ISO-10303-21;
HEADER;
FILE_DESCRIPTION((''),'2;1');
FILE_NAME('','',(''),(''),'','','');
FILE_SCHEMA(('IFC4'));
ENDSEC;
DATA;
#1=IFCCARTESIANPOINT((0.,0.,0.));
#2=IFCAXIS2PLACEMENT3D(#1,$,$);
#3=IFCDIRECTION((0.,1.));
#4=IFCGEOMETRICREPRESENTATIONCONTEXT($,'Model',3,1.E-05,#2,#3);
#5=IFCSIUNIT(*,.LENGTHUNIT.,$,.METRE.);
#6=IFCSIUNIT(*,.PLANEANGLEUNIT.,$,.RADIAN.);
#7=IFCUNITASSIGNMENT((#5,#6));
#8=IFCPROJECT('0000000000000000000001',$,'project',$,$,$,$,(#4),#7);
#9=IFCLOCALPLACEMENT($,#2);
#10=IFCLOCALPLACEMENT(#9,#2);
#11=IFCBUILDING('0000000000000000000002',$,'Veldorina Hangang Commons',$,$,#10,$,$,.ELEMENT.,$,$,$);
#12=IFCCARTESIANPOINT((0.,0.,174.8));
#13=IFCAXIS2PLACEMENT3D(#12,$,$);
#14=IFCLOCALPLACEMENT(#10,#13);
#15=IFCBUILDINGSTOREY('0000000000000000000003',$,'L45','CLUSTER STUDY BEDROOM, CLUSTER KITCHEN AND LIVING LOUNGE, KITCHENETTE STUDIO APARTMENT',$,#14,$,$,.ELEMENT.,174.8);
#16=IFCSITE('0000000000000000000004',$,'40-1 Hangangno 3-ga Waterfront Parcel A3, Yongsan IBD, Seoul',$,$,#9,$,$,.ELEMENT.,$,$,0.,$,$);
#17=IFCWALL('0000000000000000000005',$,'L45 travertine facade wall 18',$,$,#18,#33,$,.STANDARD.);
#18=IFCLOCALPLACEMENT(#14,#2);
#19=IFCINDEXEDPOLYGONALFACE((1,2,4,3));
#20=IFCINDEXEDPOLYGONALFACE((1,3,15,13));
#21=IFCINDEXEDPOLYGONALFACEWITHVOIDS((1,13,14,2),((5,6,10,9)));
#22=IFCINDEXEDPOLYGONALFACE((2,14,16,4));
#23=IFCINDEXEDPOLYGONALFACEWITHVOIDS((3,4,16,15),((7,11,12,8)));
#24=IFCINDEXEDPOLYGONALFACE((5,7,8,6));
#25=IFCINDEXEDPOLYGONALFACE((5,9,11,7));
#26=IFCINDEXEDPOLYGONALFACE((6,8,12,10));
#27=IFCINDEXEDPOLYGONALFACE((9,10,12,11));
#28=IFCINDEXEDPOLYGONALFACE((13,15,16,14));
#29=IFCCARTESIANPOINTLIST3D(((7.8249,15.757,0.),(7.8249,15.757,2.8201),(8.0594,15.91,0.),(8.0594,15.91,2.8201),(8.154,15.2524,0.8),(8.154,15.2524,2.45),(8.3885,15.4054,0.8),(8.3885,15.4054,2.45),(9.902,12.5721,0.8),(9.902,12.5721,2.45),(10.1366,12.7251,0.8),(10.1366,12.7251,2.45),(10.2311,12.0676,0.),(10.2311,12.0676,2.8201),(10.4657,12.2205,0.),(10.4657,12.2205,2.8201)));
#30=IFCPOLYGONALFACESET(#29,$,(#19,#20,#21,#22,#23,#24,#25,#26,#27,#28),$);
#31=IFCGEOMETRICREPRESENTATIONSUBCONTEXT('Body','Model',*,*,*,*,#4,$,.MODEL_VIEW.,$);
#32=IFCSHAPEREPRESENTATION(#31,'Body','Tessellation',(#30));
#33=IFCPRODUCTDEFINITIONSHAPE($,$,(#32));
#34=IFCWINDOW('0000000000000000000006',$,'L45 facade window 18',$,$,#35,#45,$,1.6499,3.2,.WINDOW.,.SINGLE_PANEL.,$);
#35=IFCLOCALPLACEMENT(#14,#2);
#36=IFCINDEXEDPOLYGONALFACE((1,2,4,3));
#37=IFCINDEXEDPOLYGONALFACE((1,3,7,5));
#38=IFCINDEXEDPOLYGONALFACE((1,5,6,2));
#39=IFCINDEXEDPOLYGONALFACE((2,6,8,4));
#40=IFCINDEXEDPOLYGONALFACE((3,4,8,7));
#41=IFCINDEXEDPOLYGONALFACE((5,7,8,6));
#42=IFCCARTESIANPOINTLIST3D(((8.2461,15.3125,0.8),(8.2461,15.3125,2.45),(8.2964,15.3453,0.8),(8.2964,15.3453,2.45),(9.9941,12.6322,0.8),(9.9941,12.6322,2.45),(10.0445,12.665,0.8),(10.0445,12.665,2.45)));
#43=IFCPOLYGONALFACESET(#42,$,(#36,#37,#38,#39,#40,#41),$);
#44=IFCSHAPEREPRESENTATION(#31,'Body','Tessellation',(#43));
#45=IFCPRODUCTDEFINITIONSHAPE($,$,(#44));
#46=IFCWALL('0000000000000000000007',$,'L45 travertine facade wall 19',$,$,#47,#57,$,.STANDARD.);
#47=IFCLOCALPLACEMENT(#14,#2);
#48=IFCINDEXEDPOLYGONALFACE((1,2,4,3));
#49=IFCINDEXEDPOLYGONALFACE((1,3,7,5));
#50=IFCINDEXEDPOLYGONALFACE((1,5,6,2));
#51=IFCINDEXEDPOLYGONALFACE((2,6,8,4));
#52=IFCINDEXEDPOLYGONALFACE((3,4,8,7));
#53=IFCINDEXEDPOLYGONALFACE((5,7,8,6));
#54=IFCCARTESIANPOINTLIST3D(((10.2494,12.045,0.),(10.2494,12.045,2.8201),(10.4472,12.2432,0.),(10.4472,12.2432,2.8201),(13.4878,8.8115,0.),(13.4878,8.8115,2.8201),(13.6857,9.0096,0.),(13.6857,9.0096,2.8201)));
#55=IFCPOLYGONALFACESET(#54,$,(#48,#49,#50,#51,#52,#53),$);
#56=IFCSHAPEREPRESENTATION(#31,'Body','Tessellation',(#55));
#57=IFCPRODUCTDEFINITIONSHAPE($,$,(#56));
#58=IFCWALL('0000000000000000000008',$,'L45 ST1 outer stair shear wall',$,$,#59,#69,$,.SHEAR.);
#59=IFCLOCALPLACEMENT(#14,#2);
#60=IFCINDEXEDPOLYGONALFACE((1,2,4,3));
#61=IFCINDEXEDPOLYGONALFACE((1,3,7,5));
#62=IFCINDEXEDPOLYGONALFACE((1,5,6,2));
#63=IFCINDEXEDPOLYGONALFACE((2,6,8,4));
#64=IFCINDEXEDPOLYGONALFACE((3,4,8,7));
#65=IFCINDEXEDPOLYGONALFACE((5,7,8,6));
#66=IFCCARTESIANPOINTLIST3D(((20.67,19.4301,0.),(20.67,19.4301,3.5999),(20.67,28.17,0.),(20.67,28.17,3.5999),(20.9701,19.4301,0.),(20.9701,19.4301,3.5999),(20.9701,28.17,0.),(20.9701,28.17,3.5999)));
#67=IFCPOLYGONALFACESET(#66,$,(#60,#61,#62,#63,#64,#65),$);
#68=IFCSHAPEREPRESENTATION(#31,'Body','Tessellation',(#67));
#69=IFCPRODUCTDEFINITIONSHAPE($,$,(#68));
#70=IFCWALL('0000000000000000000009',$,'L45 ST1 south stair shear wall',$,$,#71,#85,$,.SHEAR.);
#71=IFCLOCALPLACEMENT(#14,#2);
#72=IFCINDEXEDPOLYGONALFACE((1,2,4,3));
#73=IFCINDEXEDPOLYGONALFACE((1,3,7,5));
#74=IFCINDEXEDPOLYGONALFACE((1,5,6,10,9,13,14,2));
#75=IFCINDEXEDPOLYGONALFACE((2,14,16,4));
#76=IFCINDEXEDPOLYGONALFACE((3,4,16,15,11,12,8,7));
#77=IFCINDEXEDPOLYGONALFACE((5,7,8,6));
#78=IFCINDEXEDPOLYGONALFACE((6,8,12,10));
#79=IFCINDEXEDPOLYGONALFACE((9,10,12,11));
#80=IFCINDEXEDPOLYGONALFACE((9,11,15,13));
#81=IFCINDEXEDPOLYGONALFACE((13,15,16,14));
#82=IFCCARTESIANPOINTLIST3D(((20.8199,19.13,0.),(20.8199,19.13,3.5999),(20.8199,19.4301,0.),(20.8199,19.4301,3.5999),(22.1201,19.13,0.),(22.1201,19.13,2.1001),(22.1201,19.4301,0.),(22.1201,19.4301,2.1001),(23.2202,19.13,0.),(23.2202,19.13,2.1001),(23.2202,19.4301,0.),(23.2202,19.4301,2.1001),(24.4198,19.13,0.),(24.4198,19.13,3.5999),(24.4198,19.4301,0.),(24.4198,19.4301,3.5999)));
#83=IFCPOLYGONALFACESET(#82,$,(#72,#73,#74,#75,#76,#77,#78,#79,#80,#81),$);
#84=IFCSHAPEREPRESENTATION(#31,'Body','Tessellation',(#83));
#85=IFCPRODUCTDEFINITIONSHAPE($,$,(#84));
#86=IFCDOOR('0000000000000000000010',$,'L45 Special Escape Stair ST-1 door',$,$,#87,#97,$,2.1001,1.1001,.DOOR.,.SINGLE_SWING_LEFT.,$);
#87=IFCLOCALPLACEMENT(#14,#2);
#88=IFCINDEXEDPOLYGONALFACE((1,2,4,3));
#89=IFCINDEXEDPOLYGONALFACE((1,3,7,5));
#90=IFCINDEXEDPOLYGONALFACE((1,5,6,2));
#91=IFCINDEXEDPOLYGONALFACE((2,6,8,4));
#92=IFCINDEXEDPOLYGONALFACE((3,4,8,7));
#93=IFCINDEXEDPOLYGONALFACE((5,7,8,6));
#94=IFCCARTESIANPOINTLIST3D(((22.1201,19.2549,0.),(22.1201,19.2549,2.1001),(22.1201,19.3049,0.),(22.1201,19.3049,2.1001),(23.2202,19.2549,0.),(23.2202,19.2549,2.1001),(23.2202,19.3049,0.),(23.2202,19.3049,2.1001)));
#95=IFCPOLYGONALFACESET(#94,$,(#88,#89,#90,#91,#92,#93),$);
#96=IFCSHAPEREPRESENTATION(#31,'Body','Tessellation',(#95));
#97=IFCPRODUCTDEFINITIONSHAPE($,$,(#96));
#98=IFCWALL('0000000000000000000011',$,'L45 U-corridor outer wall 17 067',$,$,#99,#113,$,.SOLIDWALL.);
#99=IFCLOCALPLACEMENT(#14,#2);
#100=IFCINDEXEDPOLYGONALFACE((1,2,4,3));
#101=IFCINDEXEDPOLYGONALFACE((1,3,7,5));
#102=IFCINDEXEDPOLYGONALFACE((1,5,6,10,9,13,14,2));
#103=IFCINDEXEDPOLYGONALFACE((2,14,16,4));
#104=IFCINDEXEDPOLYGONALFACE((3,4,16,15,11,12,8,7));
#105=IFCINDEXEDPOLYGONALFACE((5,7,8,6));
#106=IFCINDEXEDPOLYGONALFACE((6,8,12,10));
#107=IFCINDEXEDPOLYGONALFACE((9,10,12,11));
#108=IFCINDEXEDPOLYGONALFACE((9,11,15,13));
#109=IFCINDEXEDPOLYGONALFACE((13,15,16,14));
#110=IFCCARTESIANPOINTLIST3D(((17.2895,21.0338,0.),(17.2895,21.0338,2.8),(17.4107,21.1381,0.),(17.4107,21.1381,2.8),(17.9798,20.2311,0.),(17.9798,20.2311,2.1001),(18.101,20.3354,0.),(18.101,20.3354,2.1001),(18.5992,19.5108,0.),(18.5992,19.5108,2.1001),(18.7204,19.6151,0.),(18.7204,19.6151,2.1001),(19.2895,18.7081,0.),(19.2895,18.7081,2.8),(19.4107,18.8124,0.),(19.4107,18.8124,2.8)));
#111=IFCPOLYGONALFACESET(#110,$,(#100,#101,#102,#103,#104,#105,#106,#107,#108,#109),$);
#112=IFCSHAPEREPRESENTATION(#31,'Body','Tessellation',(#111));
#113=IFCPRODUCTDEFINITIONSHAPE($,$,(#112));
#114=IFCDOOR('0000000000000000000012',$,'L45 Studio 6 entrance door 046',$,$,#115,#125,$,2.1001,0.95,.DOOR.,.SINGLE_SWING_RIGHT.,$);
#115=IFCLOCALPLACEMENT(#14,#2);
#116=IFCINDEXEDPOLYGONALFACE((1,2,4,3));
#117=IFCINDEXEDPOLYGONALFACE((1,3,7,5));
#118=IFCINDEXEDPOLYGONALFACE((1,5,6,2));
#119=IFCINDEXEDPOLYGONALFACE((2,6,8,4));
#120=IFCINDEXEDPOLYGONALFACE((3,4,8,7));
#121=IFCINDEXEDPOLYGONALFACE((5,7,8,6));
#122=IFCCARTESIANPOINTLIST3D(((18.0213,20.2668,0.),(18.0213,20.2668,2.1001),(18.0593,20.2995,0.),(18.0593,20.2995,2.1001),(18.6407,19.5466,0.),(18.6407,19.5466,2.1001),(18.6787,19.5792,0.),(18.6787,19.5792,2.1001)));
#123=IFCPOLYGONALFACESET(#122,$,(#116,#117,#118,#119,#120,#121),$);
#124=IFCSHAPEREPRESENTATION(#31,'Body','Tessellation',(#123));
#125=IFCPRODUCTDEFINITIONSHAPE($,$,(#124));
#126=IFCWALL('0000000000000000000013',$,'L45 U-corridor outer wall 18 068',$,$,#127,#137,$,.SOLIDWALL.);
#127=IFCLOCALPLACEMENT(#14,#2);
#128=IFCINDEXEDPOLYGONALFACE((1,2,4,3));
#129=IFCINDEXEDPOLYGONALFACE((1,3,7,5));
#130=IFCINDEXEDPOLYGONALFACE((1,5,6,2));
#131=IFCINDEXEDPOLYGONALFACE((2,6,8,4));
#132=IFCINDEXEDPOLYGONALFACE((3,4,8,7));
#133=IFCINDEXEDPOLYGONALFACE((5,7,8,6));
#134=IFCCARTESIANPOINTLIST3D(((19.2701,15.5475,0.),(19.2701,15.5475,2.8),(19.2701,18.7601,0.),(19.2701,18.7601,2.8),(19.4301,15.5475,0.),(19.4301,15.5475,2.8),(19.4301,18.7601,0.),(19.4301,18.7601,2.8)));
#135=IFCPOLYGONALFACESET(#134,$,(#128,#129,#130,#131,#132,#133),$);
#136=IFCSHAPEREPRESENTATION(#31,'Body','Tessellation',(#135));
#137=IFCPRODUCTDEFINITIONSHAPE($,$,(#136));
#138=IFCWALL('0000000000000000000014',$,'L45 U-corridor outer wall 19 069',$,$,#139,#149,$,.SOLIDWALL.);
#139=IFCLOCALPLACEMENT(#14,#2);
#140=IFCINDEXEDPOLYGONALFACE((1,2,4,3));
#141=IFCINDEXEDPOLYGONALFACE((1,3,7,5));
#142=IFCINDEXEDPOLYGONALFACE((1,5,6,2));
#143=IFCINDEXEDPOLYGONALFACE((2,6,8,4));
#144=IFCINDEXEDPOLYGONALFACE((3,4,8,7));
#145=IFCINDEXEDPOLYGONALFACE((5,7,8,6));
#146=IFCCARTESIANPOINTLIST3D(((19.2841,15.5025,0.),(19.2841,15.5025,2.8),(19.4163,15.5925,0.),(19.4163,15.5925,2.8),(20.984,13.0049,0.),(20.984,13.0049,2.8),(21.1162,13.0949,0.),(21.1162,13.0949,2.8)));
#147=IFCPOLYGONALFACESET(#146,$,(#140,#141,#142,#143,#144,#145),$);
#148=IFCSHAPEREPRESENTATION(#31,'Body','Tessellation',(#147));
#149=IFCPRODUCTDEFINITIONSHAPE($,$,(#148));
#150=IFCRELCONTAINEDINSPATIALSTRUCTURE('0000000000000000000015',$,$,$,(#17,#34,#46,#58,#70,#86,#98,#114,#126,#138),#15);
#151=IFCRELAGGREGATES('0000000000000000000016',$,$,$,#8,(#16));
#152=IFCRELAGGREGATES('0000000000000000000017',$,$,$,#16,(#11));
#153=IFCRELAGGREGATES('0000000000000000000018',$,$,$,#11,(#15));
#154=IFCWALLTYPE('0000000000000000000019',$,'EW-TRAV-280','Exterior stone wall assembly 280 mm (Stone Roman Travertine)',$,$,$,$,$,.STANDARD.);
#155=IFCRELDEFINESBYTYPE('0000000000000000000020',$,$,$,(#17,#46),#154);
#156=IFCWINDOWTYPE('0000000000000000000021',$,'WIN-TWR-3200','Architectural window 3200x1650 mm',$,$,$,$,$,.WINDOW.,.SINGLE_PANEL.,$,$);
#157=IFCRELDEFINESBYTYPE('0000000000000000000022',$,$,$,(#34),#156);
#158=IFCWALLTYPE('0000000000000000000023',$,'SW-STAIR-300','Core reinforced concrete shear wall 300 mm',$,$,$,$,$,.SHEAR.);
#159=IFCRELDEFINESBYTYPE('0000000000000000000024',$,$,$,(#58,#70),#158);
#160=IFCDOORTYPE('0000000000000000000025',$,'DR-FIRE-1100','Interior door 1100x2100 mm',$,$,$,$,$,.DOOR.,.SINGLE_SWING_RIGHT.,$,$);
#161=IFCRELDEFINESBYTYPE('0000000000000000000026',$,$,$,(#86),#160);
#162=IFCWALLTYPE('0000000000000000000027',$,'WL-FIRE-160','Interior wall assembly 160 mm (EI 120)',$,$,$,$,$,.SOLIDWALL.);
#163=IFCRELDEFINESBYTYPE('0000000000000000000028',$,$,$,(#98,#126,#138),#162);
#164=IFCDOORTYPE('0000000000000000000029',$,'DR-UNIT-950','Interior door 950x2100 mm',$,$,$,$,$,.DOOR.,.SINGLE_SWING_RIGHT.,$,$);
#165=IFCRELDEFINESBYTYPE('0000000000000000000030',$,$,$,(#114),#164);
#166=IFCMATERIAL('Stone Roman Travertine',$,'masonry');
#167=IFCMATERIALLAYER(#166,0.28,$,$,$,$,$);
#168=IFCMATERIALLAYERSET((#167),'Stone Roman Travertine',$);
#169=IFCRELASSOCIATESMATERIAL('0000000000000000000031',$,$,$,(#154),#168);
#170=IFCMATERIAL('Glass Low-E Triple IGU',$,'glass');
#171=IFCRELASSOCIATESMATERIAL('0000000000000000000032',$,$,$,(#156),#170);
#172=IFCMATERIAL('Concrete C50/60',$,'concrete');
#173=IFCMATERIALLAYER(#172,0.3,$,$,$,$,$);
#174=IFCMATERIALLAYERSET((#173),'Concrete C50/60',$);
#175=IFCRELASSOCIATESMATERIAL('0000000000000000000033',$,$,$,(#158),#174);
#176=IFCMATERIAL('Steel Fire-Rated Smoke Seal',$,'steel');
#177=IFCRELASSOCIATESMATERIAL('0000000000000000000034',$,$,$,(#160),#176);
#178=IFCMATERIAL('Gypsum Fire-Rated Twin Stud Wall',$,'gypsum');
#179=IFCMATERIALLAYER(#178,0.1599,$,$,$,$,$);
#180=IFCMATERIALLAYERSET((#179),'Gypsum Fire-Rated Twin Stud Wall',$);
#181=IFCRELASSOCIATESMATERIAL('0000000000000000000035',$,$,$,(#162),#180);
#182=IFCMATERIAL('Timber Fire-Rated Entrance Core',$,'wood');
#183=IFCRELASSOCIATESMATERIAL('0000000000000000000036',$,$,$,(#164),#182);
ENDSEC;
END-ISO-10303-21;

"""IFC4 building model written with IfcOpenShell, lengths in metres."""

from ifc_helpers import new_model, si_unit, direction, frame, frame_2d, origin, place, context, subcontext, project, spatial, rectangle, extrude, material, layer, layer_set, type_object, element, fill, save


model = new_model("IFC4")

# Units and contexts
model_context = context("Model", 3, precision=1e-05, world=origin(), true_north=direction((0.0, 1.0)))
body_context = subcontext(model_context, "Body", "Model", "MODEL_VIEW")
ifc_project = project(units=[si_unit("LENGTHUNIT", "METRE"), si_unit("PLANEANGLEUNIT", "RADIAN")], contexts=[model_context])

# Site, building, storey
site_placement = place(None, origin())
site = spatial("IfcSite", under=ifc_project, at=site_placement, Name="40-1 Hangangno 3-ga Waterfront Parcel A3, Yongsan IBD, Seoul", CompositionType="ELEMENT", RefElevation=0.0)
building_placement = place(site_placement, origin())
building = spatial("IfcBuilding", under=site, at=building_placement, Name="Veldorina Hangang Commons", CompositionType="ELEMENT")
storey_placement = place(building_placement, frame((0.0, 0.0, 174.8)))
storey = spatial("IfcBuildingStorey", under=building, at=storey_placement, Name="L45", Description="CLUSTER STUDY BEDROOM, CLUSTER KITCHEN AND LIVING LOUNGE, KITCHENETTE STUDIO APARTMENT", CompositionType="ELEMENT", Elevation=174.8)

# Shared definitions
ifc_material_1 = material(Name="Stone Roman Travertine", Category="masonry")
ifc_layer_1 = layer(ifc_material_1, 0.28)
ifc_layer_set_1 = layer_set([ifc_layer_1], Name="Stone Roman Travertine")
wall_type_1 = type_object("IfcWallType", Name="EW-TRAV-280", Description="Exterior stone wall assembly 280 mm (Stone Roman Travertine)", PredefinedType="STANDARD", material=ifc_layer_set_1)

# Wall, opening, window
wall_1_placement = place(storey_placement, frame((7.9421, 15.8335, 0.0), z_axis=(0.0, 0.0, 1.0), x_axis=(0.546281, -0.837602, 0.0)))
wall_1 = element("IfcWall", 1, at=wall_1_placement, inside=storey, type_object=wall_type_1, Name="L45 travertine facade wall 18", PredefinedType="STANDARD", context=body_context, shape_type="SweptSolid", body=[
    extrude(rectangle(XDim=4.4048, YDim=0.28, at=frame_2d((2.2024, 0.0))), origin(), (0.0, 0.0, 1.0), 2.8201),
])
opening_1_placement = place(wall_1_placement, frame((0.6023, 0.0, 0.8)))
opening_1 = element("IfcOpeningElement", 2, at=opening_1_placement, cuts=wall_1, PredefinedType="OPENING", context=body_context, shape_type="SweptSolid", body=[
    extrude(rectangle(XDim=3.2, YDim=1.6499, at=frame_2d((1.6001, 0.825))), frame((0.0, 0.1499, 0.0), z_axis=(0.0, -1.0, 0.0), x_axis=(1.0, 0.0, 0.0)), (0.0, 0.0, 1.0), 0.3),
])
ifc_material_2 = material(Name="Glass Low-E Triple IGU", Category="glass")
window_type = type_object("IfcWindowType", Name="WIN-TWR-3200", Description="Architectural window 3200x1650 mm", PartitioningType="SINGLE_PANEL", PredefinedType="WINDOW", material=ifc_material_2)
window_placement = place(opening_1_placement, origin())
window = element("IfcWindow", 3, at=window_placement, inside=storey, type_object=window_type, Name="L45 facade window 18", OverallHeight=1.6499, OverallWidth=3.2, PartitioningType="SINGLE_PANEL", PredefinedType="WINDOW", context=body_context, shape_type="SweptSolid", body=[
    extrude(rectangle(XDim=3.2, YDim=1.6499, at=frame_2d((1.6001, 0.825))), frame((0.0, 0.03, 0.0), z_axis=(0.0, -1.0, 0.0), x_axis=(1.0, 0.0, 0.0)), (0.0, 0.0, 1.0), 0.0601),
])
fill(opening_1, window)

# Walls
wall_2_placement = place(storey_placement, frame((10.3484, 12.144, 0.0), z_axis=(0.0, 0.0, 1.0), x_axis=(0.70764, -0.706573, 0.0)))
element("IfcWall", 4, at=wall_2_placement, inside=storey, type_object=wall_type_1, Name="L45 travertine facade wall 19", PredefinedType="STANDARD", context=body_context, shape_type="SweptSolid", body=[
    extrude(rectangle(XDim=4.5764, YDim=0.28, at=frame_2d((2.2881, 0.0))), origin(), (0.0, 0.0, 1.0), 2.8201),
])
ifc_material_3 = material(Name="Concrete C50/60", Category="concrete")
ifc_layer_2 = layer(ifc_material_3, 0.3)
ifc_layer_set_2 = layer_set([ifc_layer_2], Name="Concrete C50/60")
wall_type_2 = type_object("IfcWallType", Name="SW-STAIR-300", Description="Core reinforced concrete shear wall 300 mm", PredefinedType="SHEAR", material=ifc_layer_set_2)
wall_3_placement = place(storey_placement, frame((20.8201, 19.4299, 0.0), z_axis=(0.0, 0.0, 1.0), x_axis=(0.0, 1.0, 0.0)))
element("IfcWall", 5, at=wall_3_placement, inside=storey, type_object=wall_type_2, Name="L45 ST1 outer stair shear wall", PredefinedType="SHEAR", context=body_context, shape_type="SweptSolid", body=[
    extrude(rectangle(XDim=8.74, YDim=0.3, at=frame_2d((4.3701, 0.0))), origin(), (0.0, 0.0, 1.0), 3.5999),
])

# Walls, openings, doors
wall_4_placement = place(storey_placement, frame((20.8201, 19.28, 0.0), z_axis=(0.0, 0.0, 1.0), x_axis=(1.0, 0.0, 0.0)))
wall_4 = element("IfcWall", 6, at=wall_4_placement, inside=storey, type_object=wall_type_2, Name="L45 ST1 south stair shear wall", PredefinedType="SHEAR", context=body_context, shape_type="SweptSolid", body=[
    extrude(rectangle(XDim=3.5999, YDim=0.3, at=frame_2d((1.7998, 0.0))), origin(), (0.0, 0.0, 1.0), 3.5999),
])
opening_2_placement = place(wall_4_placement, frame((1.3, 0.0, 0.0)))
opening_2 = element("IfcOpeningElement", 7, at=opening_2_placement, cuts=wall_4, PredefinedType="OPENING", context=body_context, shape_type="SweptSolid", body=[
    extrude(rectangle(XDim=1.1001, YDim=2.1001, at=frame_2d((0.55, 1.05))), frame((0.0, 0.1602, 0.0), z_axis=(0.0, -1.0, 0.0), x_axis=(1.0, 0.0, 0.0)), (0.0, 0.0, 1.0), 0.3201),
])
ifc_material_4 = material(Name="Steel Fire-Rated Smoke Seal", Category="steel")
door_type_1 = type_object("IfcDoorType", Name="DR-FIRE-1100", Description="Interior door 1100x2100 mm", OperationType="SINGLE_SWING_RIGHT", PredefinedType="DOOR", material=ifc_material_4)
door_1_placement = place(opening_2_placement, origin())
door_1 = element("IfcDoor", 8, at=door_1_placement, inside=storey, type_object=door_type_1, Name="L45 Special Escape Stair ST-1 door", OperationType="SINGLE_SWING_LEFT", OverallHeight=2.1001, OverallWidth=1.1001, PredefinedType="DOOR", context=body_context, shape_type="SweptSolid", body=[
    extrude(rectangle(XDim=1.1001, YDim=2.1001, at=frame_2d((0.55, 1.05))), frame((0.0, 0.0249, 0.0), z_axis=(0.0, -1.0, 0.0), x_axis=(1.0, 0.0, 0.0)), (0.0, 0.0, 1.0), 0.05),
])
fill(opening_2, door_1)
ifc_material_5 = material(Name="Gypsum Fire-Rated Twin Stud Wall", Category="gypsum")
ifc_layer_3 = layer(ifc_material_5, 0.1599)
ifc_layer_set_3 = layer_set([ifc_layer_3], Name="Gypsum Fire-Rated Twin Stud Wall")
wall_type_3 = type_object("IfcWallType", Name="WL-FIRE-160", Description="Interior wall assembly 160 mm (EI 120)", PredefinedType="SOLIDWALL", material=ifc_layer_set_3)
wall_5_placement = place(storey_placement, frame((17.3501, 21.0859, 0.0), z_axis=(0.0, 0.0, 1.0), x_axis=(0.652023, -0.758199, 0.0)))
wall_5 = element("IfcWall", 9, at=wall_5_placement, inside=storey, type_object=wall_type_3, Name="L45 U-corridor outer wall 17 067", PredefinedType="SOLIDWALL", context=body_context, shape_type="SweptSolid", body=[
    extrude(rectangle(XDim=3.0674, YDim=0.1599, at=frame_2d((1.5337, 0.0))), origin(), (0.0, 0.0, 1.0), 2.8),
])
opening_3_placement = place(wall_5_placement, frame((1.0586, 0.0, 0.0)))
opening_3 = element("IfcOpeningElement", 10, at=opening_3_placement, cuts=wall_5, PredefinedType="OPENING", context=body_context, shape_type="SweptSolid", body=[
    extrude(rectangle(XDim=0.95, YDim=2.1001, at=frame_2d((0.4751, 1.05))), frame((0.0, 0.0898, 0.0), z_axis=(0.0, -1.0, 0.0), x_axis=(1.0, 0.0, 0.0)), (0.0, 0.0, 1.0), 0.1799),
])
ifc_material_6 = material(Name="Timber Fire-Rated Entrance Core", Category="wood")
door_type_2 = type_object("IfcDoorType", Name="DR-UNIT-950", Description="Interior door 950x2100 mm", OperationType="SINGLE_SWING_RIGHT", PredefinedType="DOOR", material=ifc_material_6)
door_2_placement = place(opening_3_placement, origin())
door_2 = element("IfcDoor", 11, at=door_2_placement, inside=storey, type_object=door_type_2, Name="L45 Studio 6 entrance door 046", OperationType="SINGLE_SWING_RIGHT", OverallHeight=2.1001, OverallWidth=0.95, PredefinedType="DOOR", context=body_context, shape_type="SweptSolid", body=[
    extrude(rectangle(XDim=0.95, YDim=2.1001, at=frame_2d((0.4751, 1.05))), frame((0.0, 0.0249, 0.0), z_axis=(0.0, -1.0, 0.0), x_axis=(1.0, 0.0, 0.0)), (0.0, 0.0, 1.0), 0.05),
])
fill(opening_3, door_2)

# Walls
wall_6_placement = place(storey_placement, frame((19.3501, 18.7603, 0.0), z_axis=(0.0, 0.0, 1.0), x_axis=(0.0, -1.0, 0.0)))
element("IfcWall", 12, at=wall_6_placement, inside=storey, type_object=wall_type_3, Name="L45 U-corridor outer wall 18 068", PredefinedType="SOLIDWALL", context=body_context, shape_type="SweptSolid", body=[
    extrude(rectangle(XDim=3.2126, YDim=0.1599, at=frame_2d((1.6064, 0.0))), origin(), (0.0, 0.0, 1.0), 2.8),
])
wall_7_placement = place(storey_placement, frame((19.3501, 15.5476, 0.0), z_axis=(0.0, 0.0, 1.0), x_axis=(0.562675, -0.826678, 0.0)))
element("IfcWall", 13, at=wall_7_placement, inside=storey, type_object=wall_type_3, Name="L45 U-corridor outer wall 19 069", PredefinedType="SOLIDWALL", context=body_context, shape_type="SweptSolid", body=[
    extrude(rectangle(XDim=3.0212, YDim=0.1599, at=frame_2d((1.5107, 0.0))), origin(), (0.0, 0.0, 1.0), 2.8),
])

save(model, "model.ifc")
